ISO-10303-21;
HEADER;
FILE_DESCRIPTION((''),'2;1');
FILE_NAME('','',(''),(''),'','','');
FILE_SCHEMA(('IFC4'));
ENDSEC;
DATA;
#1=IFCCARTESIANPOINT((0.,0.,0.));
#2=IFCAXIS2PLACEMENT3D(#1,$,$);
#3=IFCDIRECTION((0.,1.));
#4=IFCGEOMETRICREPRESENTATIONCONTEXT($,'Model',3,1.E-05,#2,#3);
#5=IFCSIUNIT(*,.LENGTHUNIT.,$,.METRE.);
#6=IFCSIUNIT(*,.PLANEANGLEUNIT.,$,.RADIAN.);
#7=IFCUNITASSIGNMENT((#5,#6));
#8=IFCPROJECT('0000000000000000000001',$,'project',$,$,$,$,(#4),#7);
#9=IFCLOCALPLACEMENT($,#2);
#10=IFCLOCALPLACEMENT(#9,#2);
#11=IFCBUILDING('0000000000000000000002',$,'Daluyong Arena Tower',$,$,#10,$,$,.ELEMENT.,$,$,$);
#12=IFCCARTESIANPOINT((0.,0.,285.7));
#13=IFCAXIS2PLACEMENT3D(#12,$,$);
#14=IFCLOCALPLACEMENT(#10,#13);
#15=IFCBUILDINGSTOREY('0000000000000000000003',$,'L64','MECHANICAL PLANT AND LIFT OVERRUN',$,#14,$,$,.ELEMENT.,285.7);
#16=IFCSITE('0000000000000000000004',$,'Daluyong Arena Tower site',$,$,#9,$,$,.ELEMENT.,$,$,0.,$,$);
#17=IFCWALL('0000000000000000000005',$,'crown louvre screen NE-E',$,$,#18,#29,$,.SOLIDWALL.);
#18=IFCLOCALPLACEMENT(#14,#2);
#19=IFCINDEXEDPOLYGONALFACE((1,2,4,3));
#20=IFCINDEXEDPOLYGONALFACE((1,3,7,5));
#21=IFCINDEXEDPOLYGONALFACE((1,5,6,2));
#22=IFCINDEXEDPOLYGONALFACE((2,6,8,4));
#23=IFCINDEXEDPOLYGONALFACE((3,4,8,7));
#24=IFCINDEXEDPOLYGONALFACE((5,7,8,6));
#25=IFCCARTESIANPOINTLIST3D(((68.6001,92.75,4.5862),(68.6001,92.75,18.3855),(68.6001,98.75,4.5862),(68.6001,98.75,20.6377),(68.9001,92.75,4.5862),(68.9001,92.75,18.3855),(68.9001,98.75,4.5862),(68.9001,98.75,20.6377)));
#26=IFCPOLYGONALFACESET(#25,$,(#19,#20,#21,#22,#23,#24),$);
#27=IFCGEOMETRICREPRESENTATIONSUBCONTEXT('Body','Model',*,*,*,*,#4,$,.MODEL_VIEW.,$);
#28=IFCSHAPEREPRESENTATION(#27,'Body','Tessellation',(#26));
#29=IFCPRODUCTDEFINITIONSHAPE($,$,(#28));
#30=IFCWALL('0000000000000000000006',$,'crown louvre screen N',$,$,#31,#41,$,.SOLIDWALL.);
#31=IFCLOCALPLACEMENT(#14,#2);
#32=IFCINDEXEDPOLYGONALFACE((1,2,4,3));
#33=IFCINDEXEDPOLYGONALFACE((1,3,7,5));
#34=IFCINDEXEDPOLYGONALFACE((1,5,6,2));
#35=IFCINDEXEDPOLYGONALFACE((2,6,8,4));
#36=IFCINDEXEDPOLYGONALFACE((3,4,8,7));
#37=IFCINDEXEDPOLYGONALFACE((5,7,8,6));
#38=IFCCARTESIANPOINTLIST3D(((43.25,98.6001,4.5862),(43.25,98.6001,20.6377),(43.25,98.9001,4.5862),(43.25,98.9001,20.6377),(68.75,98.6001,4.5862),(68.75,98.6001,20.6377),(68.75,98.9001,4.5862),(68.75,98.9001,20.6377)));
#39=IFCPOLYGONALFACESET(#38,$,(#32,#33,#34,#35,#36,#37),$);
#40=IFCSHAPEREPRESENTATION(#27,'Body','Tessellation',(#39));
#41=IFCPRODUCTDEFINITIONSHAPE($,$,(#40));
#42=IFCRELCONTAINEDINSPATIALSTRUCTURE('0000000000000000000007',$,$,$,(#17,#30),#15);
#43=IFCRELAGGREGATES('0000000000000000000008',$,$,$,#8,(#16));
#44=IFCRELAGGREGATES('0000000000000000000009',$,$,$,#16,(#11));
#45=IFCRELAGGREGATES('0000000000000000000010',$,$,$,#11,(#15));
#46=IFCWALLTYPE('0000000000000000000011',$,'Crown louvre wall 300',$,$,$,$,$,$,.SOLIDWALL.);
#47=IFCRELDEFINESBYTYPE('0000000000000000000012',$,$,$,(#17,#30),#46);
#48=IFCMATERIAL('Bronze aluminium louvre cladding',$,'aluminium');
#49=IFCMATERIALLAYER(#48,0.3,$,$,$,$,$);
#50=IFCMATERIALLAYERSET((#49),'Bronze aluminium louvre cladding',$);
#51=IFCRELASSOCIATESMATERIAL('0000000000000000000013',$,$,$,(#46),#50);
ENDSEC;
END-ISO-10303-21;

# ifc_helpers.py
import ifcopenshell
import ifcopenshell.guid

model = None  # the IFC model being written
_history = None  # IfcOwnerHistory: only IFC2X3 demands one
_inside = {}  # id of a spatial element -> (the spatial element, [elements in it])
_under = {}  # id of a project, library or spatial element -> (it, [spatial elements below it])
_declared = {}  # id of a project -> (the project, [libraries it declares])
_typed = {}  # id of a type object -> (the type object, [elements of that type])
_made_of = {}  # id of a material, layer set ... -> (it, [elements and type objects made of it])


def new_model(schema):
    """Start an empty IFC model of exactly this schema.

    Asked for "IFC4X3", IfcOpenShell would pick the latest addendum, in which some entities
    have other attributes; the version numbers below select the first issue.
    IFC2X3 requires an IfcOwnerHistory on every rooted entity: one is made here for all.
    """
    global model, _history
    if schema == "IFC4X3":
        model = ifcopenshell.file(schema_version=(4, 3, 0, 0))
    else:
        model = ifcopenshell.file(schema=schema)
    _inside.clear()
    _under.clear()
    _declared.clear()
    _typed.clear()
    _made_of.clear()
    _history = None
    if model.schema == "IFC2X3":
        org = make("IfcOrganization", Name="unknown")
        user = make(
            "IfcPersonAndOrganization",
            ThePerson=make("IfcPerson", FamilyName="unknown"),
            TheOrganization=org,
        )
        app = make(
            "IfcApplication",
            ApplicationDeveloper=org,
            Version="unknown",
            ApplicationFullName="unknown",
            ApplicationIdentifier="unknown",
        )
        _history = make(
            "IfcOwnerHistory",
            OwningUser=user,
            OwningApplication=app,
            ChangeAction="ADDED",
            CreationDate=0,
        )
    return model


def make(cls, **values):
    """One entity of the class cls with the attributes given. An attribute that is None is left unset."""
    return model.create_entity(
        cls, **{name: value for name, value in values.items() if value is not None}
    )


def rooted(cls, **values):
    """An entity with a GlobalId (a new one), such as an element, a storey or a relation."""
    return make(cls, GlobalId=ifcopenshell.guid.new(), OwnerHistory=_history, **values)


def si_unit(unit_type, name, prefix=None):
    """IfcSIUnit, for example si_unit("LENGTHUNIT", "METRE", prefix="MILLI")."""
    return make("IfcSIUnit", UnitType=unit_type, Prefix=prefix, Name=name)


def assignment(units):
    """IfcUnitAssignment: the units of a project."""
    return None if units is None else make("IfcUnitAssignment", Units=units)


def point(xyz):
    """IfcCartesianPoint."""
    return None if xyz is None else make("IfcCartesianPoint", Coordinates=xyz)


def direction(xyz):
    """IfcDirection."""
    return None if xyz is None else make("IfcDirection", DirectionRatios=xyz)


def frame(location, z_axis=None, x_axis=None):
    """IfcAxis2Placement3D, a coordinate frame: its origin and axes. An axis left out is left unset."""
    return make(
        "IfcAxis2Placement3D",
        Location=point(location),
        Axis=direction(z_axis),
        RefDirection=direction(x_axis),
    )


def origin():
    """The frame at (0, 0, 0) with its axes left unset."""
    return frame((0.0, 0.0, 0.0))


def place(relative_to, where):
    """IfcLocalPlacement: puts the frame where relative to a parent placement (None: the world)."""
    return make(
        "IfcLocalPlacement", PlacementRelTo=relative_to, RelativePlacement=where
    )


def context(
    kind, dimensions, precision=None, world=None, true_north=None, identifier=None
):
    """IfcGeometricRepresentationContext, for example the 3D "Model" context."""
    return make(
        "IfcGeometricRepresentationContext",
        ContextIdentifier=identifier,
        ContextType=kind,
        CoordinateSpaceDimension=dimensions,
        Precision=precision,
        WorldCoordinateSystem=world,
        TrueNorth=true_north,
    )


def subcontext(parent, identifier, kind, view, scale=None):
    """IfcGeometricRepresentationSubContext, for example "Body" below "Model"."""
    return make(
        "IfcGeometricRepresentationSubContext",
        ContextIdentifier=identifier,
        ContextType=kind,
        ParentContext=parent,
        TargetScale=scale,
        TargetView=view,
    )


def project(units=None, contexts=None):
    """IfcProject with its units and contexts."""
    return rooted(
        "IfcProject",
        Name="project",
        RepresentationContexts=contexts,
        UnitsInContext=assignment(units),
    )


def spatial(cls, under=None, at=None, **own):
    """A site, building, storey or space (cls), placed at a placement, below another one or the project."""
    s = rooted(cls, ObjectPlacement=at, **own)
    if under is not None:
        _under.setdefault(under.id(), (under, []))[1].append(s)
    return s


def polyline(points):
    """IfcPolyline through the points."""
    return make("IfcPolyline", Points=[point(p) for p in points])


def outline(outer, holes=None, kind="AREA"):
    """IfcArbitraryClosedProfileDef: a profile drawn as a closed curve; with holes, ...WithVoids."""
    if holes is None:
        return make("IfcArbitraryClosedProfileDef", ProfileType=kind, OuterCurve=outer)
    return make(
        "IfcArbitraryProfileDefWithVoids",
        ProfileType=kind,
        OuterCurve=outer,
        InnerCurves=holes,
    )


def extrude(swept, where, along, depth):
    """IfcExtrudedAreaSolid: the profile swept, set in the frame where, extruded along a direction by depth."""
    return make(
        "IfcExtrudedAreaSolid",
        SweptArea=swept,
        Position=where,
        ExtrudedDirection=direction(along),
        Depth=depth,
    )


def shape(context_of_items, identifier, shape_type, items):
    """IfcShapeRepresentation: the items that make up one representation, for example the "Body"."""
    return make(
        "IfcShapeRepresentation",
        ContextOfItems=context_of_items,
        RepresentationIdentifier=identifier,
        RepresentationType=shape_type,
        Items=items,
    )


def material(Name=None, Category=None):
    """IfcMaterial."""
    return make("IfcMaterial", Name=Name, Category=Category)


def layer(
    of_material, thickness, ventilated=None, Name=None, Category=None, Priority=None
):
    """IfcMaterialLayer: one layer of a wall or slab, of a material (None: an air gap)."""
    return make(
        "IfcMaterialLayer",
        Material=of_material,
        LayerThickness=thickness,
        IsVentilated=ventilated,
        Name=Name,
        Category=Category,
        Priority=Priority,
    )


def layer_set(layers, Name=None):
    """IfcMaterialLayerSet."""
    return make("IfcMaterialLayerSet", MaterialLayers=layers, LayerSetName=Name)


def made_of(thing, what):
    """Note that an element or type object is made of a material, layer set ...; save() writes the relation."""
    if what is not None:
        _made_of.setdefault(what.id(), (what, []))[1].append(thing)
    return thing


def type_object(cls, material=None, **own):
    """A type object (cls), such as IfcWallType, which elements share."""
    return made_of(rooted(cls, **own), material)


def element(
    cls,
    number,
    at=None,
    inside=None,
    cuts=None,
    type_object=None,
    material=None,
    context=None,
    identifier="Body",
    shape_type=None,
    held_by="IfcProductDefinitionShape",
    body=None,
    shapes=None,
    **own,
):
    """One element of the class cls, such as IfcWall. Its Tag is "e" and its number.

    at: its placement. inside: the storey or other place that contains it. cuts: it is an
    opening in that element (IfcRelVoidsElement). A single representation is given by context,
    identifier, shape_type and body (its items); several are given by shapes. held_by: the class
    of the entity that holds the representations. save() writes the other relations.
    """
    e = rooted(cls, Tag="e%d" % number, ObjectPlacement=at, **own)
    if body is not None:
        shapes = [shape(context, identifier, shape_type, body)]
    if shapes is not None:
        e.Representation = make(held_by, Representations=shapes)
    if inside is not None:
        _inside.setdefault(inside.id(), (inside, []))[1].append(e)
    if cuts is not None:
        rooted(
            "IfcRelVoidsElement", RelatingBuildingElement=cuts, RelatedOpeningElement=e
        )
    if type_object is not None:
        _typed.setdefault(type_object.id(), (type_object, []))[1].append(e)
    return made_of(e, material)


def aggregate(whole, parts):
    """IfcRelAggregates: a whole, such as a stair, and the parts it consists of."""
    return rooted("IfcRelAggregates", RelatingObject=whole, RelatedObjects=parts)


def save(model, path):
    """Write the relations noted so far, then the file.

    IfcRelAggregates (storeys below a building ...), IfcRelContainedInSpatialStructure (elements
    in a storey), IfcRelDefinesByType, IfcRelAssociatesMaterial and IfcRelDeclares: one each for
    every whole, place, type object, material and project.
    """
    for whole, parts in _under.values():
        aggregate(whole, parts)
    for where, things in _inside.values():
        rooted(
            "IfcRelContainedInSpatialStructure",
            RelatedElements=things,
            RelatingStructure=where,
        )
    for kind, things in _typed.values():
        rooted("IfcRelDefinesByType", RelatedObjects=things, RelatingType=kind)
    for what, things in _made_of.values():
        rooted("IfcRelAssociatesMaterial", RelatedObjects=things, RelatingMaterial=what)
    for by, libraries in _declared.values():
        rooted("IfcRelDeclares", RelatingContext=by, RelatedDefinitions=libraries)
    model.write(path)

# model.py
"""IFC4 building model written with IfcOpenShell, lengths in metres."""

from ifc_helpers import new_model, si_unit, direction, frame, origin, place, context, subcontext, project, spatial, polyline, outline, extrude, material, layer, layer_set, type_object, element, save


model = new_model("IFC4")

# Units and contexts
model_context = context("Model", 3, precision=1e-05, world=origin(), true_north=direction((0.0, 1.0)))
body_context = subcontext(model_context, "Body", "Model", "MODEL_VIEW")
ifc_project = project(units=[si_unit("LENGTHUNIT", "METRE"), si_unit("PLANEANGLEUNIT", "RADIAN")], contexts=[model_context])

# Site, building, storey
site_placement = place(None, origin())
site = spatial("IfcSite", under=ifc_project, at=site_placement, Name="Daluyong Arena Tower site", CompositionType="ELEMENT", RefElevation=0.0)
building_placement = place(site_placement, origin())
building = spatial("IfcBuilding", under=site, at=building_placement, Name="Daluyong Arena Tower", CompositionType="ELEMENT")
storey_placement = place(building_placement, frame((0.0, 0.0, 285.7)))
storey = spatial("IfcBuildingStorey", under=building, at=storey_placement, Name="L64", Description="MECHANICAL PLANT AND LIFT OVERRUN", CompositionType="ELEMENT", Elevation=285.7)

# Walls
ifc_material_1 = material(Name="Bronze aluminium louvre cladding", Category="aluminium")
ifc_layer = layer(ifc_material_1, 0.3)
ifc_layer_set = layer_set([ifc_layer], Name="Bronze aluminium louvre cladding")
wall_type = type_object("IfcWallType", Name="Crown louvre wall 300", PredefinedType="SOLIDWALL", material=ifc_layer_set)
wall_1_placement = place(storey_placement, frame((68.75, 92.75, 4.5862), z_axis=(0.0, 0.0, 1.0), x_axis=(0.0, 1.0, 0.0)))
element("IfcWall", 1, at=wall_1_placement, inside=storey, type_object=wall_type, Name="crown louvre screen NE-E", PredefinedType="SOLIDWALL", context=body_context, shape_type="SweptSolid", body=[
    extrude(outline(polyline([(0.0, 0.0), (6.0, 0.0), (6.0, 16.0515), (0.0, 13.7993), (0.0, 0.0)])), frame((0.0, 0.1499, 0.0), z_axis=(0.0, -1.0, 0.0), x_axis=(1.0, 0.0, 0.0)), (0.0, 0.0, 1.0), 0.3),
])
wall_2_placement = place(storey_placement, frame((68.75, 98.75, 4.5862), z_axis=(0.0, 0.0, 1.0), x_axis=(-1.0, 0.0, 0.0)))
element("IfcWall", 2, at=wall_2_placement, inside=storey, type_object=wall_type, Name="crown louvre screen N", PredefinedType="SOLIDWALL", context=body_context, shape_type="SweptSolid", body=[
    extrude(outline(polyline([(0.0, 0.0), (25.5, 0.0), (25.5, 16.0515), (0.0, 16.0515), (0.0, 0.0)])), frame((0.0, 0.1499, 0.0), z_axis=(0.0, -1.0, 0.0), x_axis=(1.0, 0.0, 0.0)), (0.0, 0.0, 1.0), 0.3),
])

save(model, "model.ifc")
